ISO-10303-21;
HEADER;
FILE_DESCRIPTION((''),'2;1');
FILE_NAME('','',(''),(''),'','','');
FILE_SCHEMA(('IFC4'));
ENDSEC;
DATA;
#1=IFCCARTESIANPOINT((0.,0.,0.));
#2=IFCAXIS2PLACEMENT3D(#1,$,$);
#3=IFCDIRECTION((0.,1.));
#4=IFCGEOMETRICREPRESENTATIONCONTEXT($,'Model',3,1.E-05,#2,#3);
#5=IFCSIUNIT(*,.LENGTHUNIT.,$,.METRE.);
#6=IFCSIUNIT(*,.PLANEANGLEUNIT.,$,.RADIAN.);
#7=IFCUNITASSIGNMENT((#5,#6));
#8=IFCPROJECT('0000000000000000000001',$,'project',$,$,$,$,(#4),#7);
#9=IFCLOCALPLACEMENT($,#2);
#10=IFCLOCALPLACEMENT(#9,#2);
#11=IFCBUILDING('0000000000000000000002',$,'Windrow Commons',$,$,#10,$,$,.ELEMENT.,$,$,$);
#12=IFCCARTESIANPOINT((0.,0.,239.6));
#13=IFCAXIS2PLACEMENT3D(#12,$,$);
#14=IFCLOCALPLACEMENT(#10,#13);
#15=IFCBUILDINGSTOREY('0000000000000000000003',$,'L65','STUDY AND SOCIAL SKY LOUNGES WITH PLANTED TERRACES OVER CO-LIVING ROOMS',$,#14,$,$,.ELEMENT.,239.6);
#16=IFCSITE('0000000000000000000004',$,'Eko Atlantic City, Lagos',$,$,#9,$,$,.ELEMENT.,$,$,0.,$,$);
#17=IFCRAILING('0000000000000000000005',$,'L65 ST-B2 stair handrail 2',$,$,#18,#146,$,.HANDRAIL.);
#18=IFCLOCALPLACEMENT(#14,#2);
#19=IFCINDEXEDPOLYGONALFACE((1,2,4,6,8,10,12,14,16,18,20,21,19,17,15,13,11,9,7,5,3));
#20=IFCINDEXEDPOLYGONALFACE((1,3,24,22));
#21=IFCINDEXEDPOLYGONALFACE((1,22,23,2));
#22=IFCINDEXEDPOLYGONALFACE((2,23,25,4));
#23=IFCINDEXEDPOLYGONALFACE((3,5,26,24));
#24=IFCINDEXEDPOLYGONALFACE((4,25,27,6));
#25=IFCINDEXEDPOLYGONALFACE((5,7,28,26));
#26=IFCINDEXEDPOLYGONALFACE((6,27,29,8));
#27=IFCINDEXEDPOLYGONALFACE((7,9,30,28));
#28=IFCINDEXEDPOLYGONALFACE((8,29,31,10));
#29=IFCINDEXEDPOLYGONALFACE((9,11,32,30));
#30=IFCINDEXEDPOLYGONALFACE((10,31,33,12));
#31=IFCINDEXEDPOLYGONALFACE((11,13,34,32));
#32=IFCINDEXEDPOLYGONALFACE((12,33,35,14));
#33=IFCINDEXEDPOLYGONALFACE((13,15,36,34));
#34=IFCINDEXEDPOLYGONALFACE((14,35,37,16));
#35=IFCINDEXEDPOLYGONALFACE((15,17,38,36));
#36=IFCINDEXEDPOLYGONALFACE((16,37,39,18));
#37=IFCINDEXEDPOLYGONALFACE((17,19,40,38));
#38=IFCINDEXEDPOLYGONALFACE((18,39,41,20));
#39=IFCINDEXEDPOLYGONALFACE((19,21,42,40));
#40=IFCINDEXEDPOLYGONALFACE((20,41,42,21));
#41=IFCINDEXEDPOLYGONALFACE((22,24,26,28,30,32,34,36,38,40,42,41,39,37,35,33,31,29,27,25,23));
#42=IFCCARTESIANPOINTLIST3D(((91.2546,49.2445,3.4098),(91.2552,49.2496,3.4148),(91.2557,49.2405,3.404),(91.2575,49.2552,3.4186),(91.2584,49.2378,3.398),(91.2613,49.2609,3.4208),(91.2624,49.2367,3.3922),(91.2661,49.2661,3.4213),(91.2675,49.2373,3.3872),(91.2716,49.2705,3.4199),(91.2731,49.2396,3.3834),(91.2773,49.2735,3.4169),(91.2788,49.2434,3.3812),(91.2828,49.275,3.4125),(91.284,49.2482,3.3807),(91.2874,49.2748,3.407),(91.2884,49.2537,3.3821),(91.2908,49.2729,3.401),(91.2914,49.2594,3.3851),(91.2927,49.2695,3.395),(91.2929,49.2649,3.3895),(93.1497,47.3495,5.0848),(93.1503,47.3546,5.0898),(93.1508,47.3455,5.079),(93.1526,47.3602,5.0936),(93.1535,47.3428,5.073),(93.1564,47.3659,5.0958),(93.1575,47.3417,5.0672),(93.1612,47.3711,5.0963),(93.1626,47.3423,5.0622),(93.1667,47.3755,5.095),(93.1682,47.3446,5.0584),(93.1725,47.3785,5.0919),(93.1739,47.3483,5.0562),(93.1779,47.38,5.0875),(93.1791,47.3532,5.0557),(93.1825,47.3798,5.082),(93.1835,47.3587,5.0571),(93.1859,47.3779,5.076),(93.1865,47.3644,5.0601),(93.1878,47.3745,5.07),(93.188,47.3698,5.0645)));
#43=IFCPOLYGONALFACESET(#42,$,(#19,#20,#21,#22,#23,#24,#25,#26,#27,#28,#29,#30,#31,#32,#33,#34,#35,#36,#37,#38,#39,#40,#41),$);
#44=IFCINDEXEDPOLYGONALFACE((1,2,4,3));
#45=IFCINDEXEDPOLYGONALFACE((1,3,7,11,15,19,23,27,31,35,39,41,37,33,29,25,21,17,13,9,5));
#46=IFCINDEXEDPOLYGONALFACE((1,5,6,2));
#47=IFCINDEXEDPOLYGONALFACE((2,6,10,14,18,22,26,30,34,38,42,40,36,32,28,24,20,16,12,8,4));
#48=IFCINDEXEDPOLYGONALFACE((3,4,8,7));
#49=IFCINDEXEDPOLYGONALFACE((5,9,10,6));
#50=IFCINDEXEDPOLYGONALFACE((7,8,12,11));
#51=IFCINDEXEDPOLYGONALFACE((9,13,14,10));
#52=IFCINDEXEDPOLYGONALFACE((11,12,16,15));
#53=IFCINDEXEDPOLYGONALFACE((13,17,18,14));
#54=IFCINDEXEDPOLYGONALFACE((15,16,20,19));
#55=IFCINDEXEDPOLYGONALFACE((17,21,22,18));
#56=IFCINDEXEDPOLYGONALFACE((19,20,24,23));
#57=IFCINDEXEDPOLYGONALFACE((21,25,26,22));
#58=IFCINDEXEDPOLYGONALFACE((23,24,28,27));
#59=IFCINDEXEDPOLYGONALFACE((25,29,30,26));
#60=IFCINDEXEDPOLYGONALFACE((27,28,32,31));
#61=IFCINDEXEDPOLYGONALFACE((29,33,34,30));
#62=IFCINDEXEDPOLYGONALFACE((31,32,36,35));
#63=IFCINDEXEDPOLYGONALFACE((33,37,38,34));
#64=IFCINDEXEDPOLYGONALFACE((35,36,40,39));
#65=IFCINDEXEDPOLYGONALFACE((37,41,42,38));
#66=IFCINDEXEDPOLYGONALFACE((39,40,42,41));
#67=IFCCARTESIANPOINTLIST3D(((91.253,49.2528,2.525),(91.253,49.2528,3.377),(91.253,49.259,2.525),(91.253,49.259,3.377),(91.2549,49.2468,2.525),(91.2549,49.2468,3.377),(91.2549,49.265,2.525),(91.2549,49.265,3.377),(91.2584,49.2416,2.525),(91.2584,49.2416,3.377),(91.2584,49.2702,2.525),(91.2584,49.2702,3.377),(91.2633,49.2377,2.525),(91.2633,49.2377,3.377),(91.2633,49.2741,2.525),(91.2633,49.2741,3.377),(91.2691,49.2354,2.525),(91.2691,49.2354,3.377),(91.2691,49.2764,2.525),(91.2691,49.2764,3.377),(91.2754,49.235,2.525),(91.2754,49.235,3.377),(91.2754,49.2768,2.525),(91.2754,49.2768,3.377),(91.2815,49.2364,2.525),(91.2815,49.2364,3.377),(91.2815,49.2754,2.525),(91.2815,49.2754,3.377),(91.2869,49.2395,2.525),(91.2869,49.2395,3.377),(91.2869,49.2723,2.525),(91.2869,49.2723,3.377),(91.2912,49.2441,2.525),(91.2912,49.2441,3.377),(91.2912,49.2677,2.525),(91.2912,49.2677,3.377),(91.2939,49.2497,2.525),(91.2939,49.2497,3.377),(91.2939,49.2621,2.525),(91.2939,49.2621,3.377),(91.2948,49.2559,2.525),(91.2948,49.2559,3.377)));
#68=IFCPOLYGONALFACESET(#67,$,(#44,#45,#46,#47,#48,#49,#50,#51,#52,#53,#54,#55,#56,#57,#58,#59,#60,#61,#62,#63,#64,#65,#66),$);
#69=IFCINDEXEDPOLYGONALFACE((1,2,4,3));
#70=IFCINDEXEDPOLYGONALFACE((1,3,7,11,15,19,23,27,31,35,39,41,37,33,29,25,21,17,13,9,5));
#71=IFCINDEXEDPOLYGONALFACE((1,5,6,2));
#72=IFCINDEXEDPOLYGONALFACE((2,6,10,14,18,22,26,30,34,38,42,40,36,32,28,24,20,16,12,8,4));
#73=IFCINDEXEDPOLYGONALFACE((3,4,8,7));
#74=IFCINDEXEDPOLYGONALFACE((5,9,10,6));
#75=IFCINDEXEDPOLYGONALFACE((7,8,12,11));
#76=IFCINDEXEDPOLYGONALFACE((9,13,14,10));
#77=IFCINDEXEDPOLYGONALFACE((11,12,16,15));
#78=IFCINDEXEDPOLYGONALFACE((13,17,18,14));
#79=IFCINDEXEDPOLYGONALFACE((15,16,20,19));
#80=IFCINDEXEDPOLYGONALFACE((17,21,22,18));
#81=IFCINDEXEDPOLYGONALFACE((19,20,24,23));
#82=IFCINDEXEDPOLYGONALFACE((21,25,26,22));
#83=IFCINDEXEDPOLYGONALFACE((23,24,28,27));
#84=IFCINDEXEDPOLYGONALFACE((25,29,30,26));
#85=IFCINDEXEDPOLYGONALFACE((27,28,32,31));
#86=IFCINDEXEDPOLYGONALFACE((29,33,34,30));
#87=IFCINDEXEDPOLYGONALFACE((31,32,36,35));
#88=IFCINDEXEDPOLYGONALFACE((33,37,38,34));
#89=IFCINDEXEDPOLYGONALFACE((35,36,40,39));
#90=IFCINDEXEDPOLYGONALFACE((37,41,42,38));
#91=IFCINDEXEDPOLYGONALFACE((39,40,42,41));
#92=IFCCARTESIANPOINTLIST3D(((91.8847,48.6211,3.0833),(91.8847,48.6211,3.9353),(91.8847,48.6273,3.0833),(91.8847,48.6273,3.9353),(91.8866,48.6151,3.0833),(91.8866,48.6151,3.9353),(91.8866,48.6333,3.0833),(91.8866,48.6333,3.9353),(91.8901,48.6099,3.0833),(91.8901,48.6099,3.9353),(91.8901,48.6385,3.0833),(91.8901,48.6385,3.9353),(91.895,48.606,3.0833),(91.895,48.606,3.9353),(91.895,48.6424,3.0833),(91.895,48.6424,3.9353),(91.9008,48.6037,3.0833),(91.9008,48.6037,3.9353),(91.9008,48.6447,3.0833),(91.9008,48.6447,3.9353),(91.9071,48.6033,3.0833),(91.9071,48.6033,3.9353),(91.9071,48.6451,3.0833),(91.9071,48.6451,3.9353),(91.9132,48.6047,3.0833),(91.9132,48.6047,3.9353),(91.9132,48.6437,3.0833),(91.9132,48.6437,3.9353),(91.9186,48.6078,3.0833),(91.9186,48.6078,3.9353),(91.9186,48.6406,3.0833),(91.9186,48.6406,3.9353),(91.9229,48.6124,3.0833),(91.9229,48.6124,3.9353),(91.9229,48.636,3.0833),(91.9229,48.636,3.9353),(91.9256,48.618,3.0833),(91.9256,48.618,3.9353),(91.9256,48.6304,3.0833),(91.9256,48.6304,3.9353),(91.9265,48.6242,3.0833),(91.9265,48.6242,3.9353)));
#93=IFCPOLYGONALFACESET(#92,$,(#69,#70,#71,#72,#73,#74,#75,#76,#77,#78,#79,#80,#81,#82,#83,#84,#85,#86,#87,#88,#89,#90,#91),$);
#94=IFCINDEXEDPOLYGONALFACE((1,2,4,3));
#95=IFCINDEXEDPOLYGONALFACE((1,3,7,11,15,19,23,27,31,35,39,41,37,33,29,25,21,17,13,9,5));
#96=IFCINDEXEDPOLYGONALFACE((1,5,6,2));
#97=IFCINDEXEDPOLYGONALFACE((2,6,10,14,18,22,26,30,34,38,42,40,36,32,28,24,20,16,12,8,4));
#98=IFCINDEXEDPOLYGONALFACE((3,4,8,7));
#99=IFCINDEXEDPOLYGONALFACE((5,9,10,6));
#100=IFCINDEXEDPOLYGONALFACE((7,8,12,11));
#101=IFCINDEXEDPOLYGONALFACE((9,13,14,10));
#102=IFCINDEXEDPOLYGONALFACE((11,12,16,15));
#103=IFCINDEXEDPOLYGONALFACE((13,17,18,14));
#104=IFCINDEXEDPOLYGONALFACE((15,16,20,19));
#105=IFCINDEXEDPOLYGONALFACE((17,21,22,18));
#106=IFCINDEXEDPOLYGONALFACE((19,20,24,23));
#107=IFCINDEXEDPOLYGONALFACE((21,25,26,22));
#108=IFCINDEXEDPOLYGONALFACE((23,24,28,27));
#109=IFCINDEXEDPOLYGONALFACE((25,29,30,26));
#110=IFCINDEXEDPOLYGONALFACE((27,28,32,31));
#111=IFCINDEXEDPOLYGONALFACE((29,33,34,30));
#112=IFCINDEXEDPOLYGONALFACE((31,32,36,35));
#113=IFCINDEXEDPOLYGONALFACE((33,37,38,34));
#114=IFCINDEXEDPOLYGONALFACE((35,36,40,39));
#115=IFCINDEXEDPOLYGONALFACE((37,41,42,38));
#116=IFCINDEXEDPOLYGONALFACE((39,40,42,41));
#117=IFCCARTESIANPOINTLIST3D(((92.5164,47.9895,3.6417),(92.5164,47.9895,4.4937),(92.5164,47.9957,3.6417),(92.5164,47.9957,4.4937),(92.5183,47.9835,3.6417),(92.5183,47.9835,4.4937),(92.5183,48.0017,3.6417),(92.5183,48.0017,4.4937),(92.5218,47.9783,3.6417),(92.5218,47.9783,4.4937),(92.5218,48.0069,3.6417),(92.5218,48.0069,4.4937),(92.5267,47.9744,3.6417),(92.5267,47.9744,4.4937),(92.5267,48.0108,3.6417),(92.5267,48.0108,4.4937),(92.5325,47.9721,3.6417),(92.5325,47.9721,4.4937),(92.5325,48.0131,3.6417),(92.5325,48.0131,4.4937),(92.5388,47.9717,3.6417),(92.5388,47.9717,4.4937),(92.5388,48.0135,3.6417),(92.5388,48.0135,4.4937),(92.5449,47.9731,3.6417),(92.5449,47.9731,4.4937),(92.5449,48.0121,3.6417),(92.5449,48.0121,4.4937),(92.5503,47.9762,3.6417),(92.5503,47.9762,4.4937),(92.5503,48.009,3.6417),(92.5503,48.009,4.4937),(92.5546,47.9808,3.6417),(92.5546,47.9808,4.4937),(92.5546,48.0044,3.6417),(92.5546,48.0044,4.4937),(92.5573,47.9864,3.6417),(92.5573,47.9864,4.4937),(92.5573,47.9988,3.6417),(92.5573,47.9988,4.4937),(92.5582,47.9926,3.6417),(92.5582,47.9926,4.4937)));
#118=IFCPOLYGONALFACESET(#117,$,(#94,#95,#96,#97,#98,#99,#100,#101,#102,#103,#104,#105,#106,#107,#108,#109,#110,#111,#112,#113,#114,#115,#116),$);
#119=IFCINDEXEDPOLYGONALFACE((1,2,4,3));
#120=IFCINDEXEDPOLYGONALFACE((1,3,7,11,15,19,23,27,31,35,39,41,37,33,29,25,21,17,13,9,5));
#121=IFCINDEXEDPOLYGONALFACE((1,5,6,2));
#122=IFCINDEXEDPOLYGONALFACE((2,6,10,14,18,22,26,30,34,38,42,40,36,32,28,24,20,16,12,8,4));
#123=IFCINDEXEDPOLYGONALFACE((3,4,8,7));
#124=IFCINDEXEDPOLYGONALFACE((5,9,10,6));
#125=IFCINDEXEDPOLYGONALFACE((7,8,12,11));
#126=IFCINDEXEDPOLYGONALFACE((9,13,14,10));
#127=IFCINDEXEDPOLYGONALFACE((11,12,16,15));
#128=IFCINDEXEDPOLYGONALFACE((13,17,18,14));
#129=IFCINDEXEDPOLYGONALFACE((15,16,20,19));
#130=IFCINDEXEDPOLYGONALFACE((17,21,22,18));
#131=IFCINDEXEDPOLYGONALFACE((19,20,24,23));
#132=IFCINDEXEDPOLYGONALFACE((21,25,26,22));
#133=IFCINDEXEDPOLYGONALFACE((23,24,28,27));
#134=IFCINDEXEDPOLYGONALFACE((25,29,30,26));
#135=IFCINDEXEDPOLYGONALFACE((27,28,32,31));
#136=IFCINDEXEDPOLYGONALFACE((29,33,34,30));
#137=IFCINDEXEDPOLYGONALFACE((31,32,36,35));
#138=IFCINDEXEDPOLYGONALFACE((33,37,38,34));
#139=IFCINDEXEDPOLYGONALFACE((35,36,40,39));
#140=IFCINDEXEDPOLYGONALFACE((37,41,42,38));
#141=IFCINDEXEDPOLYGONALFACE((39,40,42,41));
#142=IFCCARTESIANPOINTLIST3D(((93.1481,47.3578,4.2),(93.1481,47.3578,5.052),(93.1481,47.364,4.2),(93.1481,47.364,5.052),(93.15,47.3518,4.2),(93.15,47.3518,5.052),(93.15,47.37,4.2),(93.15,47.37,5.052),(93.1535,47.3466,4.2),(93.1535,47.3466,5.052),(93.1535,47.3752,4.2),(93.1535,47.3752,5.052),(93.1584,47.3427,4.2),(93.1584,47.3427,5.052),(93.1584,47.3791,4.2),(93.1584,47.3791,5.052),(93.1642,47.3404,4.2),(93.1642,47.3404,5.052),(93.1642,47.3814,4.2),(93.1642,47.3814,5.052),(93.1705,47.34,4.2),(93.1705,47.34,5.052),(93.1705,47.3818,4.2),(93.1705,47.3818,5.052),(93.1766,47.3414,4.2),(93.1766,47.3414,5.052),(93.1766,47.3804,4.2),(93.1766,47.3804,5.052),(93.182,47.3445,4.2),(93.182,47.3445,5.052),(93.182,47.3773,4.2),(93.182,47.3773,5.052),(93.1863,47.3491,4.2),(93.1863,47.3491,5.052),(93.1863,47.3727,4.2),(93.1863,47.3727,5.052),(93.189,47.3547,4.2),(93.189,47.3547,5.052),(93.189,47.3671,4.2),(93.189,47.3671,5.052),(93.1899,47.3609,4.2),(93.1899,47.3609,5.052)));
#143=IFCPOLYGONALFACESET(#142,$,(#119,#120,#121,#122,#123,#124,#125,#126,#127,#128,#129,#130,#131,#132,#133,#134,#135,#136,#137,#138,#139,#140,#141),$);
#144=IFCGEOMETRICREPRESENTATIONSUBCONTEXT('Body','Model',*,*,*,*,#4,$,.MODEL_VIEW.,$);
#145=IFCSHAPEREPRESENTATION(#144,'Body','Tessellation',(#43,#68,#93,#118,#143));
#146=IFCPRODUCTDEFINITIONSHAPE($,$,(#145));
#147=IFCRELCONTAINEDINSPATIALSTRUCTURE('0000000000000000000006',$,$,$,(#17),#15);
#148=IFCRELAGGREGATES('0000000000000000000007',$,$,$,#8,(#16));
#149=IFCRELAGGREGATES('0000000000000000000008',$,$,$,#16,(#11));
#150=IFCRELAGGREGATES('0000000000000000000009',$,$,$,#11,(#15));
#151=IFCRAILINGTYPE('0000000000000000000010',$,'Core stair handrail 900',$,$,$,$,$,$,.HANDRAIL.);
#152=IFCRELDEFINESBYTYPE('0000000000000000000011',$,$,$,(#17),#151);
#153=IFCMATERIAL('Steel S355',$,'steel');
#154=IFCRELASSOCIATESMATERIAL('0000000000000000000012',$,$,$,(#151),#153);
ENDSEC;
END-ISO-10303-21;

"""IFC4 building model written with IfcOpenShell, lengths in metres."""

from ifc_helpers import new_model, si_unit, direction, frame, origin, origin_2d, place, context, subcontext, project, spatial, circle, extrude, material, type_object, element, save


model = new_model("IFC4")

# Units and contexts
model_context = context("Model", 3, precision=1e-05, world=origin(), true_north=direction((0.0, 1.0)))
body_context = subcontext(model_context, "Body", "Model", "MODEL_VIEW")
ifc_project = project(units=[si_unit("LENGTHUNIT", "METRE"), si_unit("PLANEANGLEUNIT", "RADIAN")], contexts=[model_context])

# Site, building, storey
site_placement = place(None, origin())
site = spatial("IfcSite", under=ifc_project, at=site_placement, Name="Eko Atlantic City, Lagos", CompositionType="ELEMENT", RefElevation=0.0)
building_placement = place(site_placement, origin())
building = spatial("IfcBuilding", under=site, at=building_placement, Name="Windrow Commons", CompositionType="ELEMENT")
storey_placement = place(building_placement, frame((0.0, 0.0, 239.6)))
storey = spatial("IfcBuildingStorey", under=building, at=storey_placement, Name="L65", Description="STUDY AND SOCIAL SKY LOUNGES WITH PLANTED TERRACES OVER CO-LIVING ROOMS", CompositionType="ELEMENT", Elevation=239.6)

# Railing
ifc_material_1 = material(Name="Steel S355", Category="steel")
railing_type_1 = type_object("IfcRailingType", Name="Core stair handrail 900", PredefinedType="HANDRAIL", material=ifc_material_1)
railing_1_placement = place(storey_placement, frame((91.2738, 49.2559, 2.525)))
element("IfcRailing", 1, at=railing_1_placement, inside=storey, type_object=railing_type_1, Name="L65 ST-B2 stair handrail 2", PredefinedType="HANDRAIL", context=body_context, shape_type="SweptSolid", body=[
    extrude(circle(Radius=0.024, at=origin_2d()), frame((0.0, 0.0, 0.876), z_axis=(0.599642, -0.59961, 0.529998), x_axis=(0.707088, 0.707125, 0.0)), (0.0, 0.0, 1.0), 3.1604),
    extrude(circle(Radius=0.021, at=origin_2d()), origin(), (0.0, 0.0, 1.0), 0.852),
    extrude(circle(Radius=0.021, at=origin_2d()), frame((0.6317, -0.6317, 0.5583)), (0.0, 0.0, 1.0), 0.852),
    extrude(circle(Radius=0.021, at=origin_2d()), frame((1.2634, -1.2633, 1.1167)), (0.0, 0.0, 1.0), 0.852),
    extrude(circle(Radius=0.021, at=origin_2d()), frame((1.8951, -1.895, 1.675)), (0.0, 0.0, 1.0), 0.852),
])

save(model, "model.ifc")
